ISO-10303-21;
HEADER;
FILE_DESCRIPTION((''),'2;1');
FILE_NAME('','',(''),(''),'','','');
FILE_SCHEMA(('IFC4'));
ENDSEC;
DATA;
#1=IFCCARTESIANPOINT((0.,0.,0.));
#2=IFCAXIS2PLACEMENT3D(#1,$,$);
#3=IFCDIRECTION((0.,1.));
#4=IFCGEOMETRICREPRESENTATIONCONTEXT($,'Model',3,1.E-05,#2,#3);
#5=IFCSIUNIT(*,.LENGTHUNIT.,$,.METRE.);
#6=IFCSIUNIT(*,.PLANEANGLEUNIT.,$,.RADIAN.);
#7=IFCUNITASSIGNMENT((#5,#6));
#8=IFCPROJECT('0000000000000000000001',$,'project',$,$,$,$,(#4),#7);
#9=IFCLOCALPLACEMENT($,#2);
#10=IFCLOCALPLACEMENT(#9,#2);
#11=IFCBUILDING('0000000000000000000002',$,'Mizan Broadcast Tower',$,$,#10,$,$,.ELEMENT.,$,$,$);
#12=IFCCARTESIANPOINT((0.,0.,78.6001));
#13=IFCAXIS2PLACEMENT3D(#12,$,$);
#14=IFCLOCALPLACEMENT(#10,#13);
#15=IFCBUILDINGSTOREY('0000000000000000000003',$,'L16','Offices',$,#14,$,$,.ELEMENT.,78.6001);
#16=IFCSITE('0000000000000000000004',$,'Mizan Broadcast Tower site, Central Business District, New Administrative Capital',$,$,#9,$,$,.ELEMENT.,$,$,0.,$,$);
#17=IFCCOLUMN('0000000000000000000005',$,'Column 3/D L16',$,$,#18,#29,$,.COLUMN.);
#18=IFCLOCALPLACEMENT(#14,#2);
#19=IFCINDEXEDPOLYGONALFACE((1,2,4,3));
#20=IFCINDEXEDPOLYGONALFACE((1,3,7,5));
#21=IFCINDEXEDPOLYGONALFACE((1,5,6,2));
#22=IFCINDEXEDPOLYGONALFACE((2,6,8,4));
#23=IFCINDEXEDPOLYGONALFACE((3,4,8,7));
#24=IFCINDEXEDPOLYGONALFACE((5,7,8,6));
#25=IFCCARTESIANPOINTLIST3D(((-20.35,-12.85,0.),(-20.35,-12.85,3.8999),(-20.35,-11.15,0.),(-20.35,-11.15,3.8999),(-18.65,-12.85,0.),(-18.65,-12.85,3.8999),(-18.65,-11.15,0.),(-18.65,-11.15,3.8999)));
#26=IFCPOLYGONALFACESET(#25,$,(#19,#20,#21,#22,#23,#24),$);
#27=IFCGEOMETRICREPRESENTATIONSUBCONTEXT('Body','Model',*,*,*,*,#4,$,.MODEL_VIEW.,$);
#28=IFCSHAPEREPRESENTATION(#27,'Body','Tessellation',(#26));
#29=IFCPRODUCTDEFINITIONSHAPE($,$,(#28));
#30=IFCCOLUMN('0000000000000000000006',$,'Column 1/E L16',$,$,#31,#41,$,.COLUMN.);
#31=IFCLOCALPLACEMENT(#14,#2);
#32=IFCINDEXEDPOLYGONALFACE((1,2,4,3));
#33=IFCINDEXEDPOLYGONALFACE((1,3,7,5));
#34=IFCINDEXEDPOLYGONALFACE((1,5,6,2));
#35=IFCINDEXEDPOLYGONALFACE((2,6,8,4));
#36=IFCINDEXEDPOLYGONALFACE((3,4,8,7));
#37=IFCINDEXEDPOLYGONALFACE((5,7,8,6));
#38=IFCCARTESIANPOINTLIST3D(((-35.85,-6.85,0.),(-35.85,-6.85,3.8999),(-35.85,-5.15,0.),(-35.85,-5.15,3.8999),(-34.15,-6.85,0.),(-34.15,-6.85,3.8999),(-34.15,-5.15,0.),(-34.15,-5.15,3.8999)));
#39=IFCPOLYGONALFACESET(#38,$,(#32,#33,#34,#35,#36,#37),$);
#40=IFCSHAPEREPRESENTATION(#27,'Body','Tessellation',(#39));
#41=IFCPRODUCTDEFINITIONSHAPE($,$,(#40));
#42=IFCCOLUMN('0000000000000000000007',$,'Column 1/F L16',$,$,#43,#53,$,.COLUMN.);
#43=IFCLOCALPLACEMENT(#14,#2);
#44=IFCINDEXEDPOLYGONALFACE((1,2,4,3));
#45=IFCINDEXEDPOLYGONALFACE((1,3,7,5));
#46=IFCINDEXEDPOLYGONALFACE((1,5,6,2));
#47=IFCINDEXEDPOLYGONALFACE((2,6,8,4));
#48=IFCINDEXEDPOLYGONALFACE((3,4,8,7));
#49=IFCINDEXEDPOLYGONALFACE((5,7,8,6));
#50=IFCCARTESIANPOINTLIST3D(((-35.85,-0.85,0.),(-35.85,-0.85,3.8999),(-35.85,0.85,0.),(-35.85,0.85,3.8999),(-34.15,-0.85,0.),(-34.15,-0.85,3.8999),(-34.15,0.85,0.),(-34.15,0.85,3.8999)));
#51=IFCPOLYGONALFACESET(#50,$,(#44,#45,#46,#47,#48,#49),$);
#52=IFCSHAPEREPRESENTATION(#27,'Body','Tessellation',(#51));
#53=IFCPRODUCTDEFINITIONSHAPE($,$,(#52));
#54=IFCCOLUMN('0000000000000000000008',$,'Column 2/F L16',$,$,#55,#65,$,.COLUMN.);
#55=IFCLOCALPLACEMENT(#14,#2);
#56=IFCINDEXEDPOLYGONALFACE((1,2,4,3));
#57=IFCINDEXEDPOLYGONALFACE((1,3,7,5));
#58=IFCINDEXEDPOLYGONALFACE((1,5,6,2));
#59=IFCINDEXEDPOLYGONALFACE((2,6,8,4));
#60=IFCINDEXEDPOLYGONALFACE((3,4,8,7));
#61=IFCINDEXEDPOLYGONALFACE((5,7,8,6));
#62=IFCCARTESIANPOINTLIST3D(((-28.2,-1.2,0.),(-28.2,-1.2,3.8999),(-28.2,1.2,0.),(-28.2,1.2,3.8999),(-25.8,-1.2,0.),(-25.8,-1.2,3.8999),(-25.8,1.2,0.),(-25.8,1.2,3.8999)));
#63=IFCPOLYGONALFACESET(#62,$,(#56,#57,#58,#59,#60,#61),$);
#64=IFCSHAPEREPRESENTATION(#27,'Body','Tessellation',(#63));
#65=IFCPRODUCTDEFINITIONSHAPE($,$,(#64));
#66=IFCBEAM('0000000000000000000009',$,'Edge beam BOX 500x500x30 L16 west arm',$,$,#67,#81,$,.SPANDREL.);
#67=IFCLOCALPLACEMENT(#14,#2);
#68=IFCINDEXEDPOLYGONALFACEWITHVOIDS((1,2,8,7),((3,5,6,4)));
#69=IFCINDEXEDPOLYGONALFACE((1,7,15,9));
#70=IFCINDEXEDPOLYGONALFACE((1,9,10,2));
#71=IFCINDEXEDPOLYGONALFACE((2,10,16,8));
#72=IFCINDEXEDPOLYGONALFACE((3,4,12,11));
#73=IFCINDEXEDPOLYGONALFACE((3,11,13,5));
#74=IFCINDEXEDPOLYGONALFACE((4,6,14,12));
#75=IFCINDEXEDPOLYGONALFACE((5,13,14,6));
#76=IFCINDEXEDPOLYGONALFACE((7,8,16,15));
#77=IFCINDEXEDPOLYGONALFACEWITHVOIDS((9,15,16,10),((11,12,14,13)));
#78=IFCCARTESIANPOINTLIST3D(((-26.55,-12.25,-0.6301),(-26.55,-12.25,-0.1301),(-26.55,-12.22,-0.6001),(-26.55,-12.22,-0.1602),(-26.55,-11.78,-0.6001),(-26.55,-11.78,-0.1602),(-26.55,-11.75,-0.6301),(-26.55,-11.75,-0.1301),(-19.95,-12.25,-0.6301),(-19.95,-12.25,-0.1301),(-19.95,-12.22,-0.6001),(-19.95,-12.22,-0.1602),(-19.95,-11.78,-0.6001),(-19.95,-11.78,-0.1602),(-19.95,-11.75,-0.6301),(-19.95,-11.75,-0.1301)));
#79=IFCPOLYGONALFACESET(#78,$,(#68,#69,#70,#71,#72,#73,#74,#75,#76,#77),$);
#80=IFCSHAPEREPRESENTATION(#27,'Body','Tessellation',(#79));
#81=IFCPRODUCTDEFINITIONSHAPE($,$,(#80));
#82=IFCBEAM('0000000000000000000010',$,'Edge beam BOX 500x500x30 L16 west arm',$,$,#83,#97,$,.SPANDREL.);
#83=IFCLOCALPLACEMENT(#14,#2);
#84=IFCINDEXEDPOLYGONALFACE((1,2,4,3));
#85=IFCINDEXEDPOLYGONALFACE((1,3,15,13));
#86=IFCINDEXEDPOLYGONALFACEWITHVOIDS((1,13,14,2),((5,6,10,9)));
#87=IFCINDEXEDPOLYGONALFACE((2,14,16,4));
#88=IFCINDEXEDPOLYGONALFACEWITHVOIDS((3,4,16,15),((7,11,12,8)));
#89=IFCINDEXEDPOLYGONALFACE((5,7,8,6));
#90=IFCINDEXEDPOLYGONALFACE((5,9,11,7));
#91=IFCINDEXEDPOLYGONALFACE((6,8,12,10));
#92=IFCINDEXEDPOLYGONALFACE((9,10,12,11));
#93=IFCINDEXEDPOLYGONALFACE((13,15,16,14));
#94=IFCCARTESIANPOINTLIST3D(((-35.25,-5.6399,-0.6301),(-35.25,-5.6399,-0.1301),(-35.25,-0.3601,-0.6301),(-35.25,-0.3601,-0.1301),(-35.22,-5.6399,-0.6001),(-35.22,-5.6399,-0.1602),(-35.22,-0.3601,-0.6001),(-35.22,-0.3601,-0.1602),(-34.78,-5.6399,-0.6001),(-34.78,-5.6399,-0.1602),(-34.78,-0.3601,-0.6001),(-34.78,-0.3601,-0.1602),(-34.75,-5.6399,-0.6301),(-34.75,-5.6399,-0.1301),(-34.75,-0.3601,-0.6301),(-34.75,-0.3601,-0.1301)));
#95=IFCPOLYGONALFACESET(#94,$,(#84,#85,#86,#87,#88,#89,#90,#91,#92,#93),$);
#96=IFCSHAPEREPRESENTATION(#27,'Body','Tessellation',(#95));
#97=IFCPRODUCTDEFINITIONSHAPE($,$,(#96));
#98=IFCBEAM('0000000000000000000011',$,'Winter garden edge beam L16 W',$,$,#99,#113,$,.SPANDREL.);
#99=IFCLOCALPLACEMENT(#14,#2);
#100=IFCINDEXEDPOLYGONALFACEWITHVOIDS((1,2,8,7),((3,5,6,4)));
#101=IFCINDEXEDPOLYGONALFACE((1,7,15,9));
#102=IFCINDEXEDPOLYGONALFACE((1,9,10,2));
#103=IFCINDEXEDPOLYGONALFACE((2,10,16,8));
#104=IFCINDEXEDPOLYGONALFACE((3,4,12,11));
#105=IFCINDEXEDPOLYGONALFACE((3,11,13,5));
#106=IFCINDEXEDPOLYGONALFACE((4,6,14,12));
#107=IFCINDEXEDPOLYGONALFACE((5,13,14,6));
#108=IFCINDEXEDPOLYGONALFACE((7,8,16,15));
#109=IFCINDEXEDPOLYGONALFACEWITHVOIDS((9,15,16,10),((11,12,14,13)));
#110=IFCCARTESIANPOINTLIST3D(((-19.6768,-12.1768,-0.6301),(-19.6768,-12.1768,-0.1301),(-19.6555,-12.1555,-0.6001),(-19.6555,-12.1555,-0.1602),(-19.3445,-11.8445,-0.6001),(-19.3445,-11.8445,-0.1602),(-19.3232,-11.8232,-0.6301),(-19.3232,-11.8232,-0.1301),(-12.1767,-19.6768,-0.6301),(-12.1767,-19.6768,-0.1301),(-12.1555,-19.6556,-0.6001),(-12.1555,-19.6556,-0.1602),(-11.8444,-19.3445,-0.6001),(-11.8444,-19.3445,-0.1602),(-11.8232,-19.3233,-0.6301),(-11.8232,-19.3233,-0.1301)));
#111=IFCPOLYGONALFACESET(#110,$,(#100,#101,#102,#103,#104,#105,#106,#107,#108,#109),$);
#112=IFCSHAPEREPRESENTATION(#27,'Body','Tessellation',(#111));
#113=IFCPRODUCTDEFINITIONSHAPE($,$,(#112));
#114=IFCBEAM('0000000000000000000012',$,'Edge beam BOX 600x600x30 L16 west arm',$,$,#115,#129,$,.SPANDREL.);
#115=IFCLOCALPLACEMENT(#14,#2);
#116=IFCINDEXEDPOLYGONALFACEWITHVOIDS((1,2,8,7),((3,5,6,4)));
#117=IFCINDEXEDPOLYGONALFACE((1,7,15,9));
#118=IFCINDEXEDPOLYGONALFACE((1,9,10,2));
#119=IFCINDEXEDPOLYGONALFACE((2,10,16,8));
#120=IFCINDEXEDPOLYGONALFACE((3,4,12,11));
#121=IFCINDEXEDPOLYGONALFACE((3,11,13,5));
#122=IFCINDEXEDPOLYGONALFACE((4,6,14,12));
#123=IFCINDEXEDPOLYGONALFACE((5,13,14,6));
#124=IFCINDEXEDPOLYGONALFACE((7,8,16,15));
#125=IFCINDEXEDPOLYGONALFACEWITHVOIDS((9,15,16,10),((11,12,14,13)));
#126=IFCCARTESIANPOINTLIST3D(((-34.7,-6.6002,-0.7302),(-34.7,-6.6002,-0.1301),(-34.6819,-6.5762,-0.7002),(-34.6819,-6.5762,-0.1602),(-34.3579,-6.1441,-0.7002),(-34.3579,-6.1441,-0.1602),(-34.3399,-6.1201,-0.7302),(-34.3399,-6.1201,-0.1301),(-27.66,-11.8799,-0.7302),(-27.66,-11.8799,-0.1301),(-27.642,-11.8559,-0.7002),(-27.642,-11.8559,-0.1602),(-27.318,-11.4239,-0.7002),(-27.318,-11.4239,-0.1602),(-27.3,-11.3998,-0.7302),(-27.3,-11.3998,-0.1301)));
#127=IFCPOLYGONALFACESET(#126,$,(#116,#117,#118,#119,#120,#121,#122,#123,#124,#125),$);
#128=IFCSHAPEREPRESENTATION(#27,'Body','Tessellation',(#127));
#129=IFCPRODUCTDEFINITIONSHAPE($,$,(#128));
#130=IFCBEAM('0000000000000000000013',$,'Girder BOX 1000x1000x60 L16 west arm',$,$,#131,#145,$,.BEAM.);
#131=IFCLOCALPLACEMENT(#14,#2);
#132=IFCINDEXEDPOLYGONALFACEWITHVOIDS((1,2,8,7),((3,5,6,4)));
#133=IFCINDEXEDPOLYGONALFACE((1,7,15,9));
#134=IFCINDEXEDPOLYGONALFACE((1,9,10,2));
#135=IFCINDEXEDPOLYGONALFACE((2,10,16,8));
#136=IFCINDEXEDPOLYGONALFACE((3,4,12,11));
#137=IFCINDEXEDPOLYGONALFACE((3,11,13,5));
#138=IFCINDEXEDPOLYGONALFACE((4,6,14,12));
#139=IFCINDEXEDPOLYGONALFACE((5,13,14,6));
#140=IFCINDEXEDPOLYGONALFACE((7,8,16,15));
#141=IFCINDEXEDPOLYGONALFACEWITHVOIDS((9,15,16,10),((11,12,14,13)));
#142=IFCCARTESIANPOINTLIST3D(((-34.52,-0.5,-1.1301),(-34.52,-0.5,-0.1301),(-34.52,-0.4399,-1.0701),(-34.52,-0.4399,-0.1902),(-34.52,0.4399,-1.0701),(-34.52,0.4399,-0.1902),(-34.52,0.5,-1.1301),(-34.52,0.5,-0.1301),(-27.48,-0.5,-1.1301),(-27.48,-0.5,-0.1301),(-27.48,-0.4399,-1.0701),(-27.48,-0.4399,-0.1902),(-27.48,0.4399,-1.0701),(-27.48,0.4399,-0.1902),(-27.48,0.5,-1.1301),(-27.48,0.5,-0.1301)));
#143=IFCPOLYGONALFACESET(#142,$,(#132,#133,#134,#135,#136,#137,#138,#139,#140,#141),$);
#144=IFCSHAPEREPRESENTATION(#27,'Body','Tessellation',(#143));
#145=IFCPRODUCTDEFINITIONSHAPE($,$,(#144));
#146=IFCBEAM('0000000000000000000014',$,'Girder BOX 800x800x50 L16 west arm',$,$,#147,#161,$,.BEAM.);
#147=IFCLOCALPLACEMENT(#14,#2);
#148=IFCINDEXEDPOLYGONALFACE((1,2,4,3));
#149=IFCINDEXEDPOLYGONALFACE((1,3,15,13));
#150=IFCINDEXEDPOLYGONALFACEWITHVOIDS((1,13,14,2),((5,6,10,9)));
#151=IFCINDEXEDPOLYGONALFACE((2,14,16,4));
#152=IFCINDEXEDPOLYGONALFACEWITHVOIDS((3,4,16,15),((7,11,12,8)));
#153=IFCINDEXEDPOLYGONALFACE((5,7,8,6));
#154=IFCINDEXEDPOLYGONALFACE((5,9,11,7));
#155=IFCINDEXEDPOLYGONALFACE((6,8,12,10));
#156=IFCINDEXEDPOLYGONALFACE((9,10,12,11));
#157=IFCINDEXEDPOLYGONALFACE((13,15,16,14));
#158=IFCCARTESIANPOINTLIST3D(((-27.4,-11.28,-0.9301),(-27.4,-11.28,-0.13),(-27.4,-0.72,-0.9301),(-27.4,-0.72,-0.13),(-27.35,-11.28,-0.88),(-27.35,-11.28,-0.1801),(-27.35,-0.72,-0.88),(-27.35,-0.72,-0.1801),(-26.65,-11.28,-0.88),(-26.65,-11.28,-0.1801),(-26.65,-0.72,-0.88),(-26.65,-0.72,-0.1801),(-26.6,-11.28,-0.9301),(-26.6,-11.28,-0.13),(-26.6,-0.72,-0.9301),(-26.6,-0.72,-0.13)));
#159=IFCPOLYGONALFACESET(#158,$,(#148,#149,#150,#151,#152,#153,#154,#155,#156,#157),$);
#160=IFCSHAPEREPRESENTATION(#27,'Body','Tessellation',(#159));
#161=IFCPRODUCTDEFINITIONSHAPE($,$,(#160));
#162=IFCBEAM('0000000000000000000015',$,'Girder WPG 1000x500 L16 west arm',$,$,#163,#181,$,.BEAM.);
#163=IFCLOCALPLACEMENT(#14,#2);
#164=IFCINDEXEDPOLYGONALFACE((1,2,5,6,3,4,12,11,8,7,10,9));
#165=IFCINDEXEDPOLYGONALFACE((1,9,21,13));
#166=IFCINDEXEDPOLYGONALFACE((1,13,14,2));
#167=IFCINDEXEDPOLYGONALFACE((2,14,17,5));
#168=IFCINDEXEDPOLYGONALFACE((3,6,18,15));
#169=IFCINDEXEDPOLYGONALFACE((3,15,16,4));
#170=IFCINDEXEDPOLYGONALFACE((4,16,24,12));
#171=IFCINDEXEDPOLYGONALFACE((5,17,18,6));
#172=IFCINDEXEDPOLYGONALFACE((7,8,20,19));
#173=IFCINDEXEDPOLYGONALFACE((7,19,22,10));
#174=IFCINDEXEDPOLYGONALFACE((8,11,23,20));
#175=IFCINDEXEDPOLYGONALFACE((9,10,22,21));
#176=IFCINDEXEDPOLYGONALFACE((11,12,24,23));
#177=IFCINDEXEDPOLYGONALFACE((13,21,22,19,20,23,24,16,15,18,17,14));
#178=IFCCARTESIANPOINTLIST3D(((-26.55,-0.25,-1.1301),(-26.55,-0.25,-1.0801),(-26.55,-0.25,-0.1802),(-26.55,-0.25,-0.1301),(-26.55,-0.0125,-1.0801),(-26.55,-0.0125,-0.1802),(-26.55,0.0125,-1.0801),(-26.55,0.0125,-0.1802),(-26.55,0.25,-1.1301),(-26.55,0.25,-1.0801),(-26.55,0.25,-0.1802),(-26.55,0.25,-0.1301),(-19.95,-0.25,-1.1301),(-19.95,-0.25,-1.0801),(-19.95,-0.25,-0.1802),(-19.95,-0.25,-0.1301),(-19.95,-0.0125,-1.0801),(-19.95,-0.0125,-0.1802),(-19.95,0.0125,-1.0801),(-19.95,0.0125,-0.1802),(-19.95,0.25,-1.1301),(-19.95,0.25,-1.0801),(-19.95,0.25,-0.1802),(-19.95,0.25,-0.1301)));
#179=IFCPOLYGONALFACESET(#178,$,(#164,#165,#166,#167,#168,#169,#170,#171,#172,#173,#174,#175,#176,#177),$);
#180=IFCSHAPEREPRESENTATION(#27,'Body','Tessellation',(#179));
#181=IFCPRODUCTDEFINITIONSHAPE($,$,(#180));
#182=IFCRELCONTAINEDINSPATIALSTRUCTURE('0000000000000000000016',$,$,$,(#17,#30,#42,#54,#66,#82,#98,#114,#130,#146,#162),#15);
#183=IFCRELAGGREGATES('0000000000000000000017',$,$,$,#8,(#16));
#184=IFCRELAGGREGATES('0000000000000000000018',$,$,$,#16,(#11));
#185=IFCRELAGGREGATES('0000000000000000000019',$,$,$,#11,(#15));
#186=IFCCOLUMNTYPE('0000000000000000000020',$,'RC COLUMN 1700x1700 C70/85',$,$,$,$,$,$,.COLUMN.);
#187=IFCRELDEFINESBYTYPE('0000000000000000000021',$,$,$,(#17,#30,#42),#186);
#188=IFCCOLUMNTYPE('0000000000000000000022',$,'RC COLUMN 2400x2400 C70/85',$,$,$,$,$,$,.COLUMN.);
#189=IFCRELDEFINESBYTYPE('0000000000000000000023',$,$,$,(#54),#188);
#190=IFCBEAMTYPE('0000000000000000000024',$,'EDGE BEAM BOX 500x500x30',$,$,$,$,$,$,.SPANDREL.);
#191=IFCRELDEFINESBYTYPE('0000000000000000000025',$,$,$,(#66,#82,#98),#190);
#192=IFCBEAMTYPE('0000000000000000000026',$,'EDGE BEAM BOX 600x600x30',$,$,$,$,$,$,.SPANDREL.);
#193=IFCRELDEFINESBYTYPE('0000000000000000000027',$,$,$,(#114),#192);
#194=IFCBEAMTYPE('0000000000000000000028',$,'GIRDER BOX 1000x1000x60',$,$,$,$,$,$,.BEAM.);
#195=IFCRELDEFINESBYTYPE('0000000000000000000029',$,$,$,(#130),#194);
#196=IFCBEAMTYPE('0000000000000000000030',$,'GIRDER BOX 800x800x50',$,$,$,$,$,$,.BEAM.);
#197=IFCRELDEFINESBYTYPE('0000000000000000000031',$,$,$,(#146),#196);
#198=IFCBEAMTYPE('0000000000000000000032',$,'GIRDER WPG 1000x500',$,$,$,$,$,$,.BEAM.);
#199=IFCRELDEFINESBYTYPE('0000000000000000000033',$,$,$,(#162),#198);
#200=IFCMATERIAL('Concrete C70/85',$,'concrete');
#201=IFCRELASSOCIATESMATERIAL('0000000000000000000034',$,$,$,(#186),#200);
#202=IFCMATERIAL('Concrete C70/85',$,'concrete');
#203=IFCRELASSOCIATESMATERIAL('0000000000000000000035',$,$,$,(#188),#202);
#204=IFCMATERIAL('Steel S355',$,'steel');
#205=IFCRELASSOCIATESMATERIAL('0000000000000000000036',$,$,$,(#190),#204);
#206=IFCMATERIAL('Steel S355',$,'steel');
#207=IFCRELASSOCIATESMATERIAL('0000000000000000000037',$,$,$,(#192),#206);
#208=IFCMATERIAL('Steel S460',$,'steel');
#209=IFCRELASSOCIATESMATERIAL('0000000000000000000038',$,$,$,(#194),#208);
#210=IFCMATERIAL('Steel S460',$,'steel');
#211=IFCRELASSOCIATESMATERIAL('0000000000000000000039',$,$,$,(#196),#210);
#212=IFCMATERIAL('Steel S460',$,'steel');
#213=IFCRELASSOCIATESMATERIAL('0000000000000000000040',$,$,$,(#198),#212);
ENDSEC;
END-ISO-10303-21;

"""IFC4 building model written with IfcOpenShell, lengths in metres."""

from ifc_helpers import new_model, si_unit, direction, frame, origin, origin_2d, place, context, subcontext, project, spatial, rectangle, hollow_rectangle, i_section, extrude, material, material_profile, profile_set, type_object, element, save


model = new_model("IFC4")

# Units and contexts
model_context = context("Model", 3, precision=1e-05, world=origin(), true_north=direction((0.0, 1.0)))
body_context = subcontext(model_context, "Body", "Model", "MODEL_VIEW")
ifc_project = project(units=[si_unit("LENGTHUNIT", "METRE"), si_unit("PLANEANGLEUNIT", "RADIAN")], contexts=[model_context])

# Site, building, storey
site_placement = place(None, origin())
site = spatial("IfcSite", under=ifc_project, at=site_placement, Name="Mizan Broadcast Tower site, Central Business District, New Administrative Capital", CompositionType="ELEMENT", RefElevation=0.0)
building_placement = place(site_placement, origin())
building = spatial("IfcBuilding", under=site, at=building_placement, Name="Mizan Broadcast Tower", CompositionType="ELEMENT")
storey_placement = place(building_placement, frame((0.0, 0.0, 78.6001)))
storey = spatial("IfcBuildingStorey", under=building, at=storey_placement, Name="L16", Description="Offices", CompositionType="ELEMENT", Elevation=78.6001)

# Columns
ifc_material_1 = material(Name="Concrete C70/85", Category="concrete")
ifc_material_profile_1 = material_profile(ifc_material_1, rectangle(XDim=1.7, YDim=1.7, at=origin_2d()), Name="RC 1700x1700")
ifc_profile_set_1 = profile_set([ifc_material_profile_1], Name="Concrete C70/85")
column_type_1 = type_object("IfcColumnType", Name="RC COLUMN 1700x1700 C70/85", PredefinedType="COLUMN", material=ifc_profile_set_1)
for number, where, z_axis, x_axis, name in (
    (1, (-19.5, -12.0, 0.0), (0.0, 0.0, 1.0), (1.0, 0.0, 0.0), "Column 3/D L16"),
    (2, (-35.0, -6.0, 0.0), (0.0, 0.0, 1.0), (1.0, 0.0, 0.0), "Column 1/E L16"),
    (3, (-35.0, 0.0, 0.0), (0.0, 0.0, 1.0), (1.0, 0.0, 0.0), "Column 1/F L16"),
):
    element("IfcColumn", number, at=place(storey_placement, frame(where, z_axis=z_axis, x_axis=x_axis)), inside=storey, type_object=column_type_1, Name=name, PredefinedType="COLUMN", context=body_context, shape_type="SweptSolid", body=[
        extrude(rectangle(XDim=1.7, YDim=1.7, at=origin_2d()), origin(), (0.0, 0.0, 1.0), 3.8999),
    ])
ifc_material_2 = material(Name="Concrete C70/85", Category="concrete")
ifc_material_profile_2 = material_profile(ifc_material_2, rectangle(XDim=2.3999, YDim=2.3999, at=origin_2d()), Name="RC 2400x2400")
ifc_profile_set_2 = profile_set([ifc_material_profile_2], Name="Concrete C70/85")
column_type_2 = type_object("IfcColumnType", Name="RC COLUMN 2400x2400 C70/85", PredefinedType="COLUMN", material=ifc_profile_set_2)
column_placement = place(storey_placement, frame((-27.0, 0.0, 0.0), z_axis=(0.0, 0.0, 1.0), x_axis=(1.0, 0.0, 0.0)))
element("IfcColumn", 4, at=column_placement, inside=storey, type_object=column_type_2, Name="Column 2/F L16", PredefinedType="COLUMN", context=body_context, shape_type="SweptSolid", body=[
    extrude(rectangle(XDim=2.3999, YDim=2.3999, at=origin_2d()), origin(), (0.0, 0.0, 1.0), 3.8999),
])

# Beams
ifc_material_3 = material(Name="Steel S355", Category="steel")
ifc_material_profile_3 = material_profile(ifc_material_3, hollow_rectangle(XDim=0.5, YDim=0.5, WallThickness=0.03, at=origin_2d()), Name="BOX 500x500x30")
ifc_profile_set_3 = profile_set([ifc_material_profile_3], Name="Steel S355")
beam_type_1 = type_object("IfcBeamType", Name="EDGE BEAM BOX 500x500x30", PredefinedType="SPANDREL", material=ifc_profile_set_3)
beam_1_placement = place(storey_placement, frame((-19.95, -12.0, -0.3801), z_axis=(-1.0, 0.0, 0.0), x_axis=(0.0, -1.0, 0.0)))
element("IfcBeam", 5, at=beam_1_placement, inside=storey, type_object=beam_type_1, Name="Edge beam BOX 500x500x30 L16 west arm", PredefinedType="SPANDREL", context=body_context, shape_type="SweptSolid", body=[
    extrude(hollow_rectangle(XDim=0.5, YDim=0.5, WallThickness=0.03, at=origin_2d()), origin(), (0.0, 0.0, 1.0), 6.6001),
])
beam_2_placement = place(storey_placement, frame((-35.0, -5.6399, -0.3801), z_axis=(0.0, 1.0, 0.0), x_axis=(-1.0, 0.0, 0.0)))
element("IfcBeam", 6, at=beam_2_placement, inside=storey, type_object=beam_type_1, Name="Edge beam BOX 500x500x30 L16 west arm", PredefinedType="SPANDREL", context=body_context, shape_type="SweptSolid", body=[
    extrude(hollow_rectangle(XDim=0.5, YDim=0.5, WallThickness=0.03, at=origin_2d()), origin(), (0.0, 0.0, 1.0), 5.2798),
])
beam_3_placement = place(storey_placement, frame((-19.5, -12.0, -0.3801), z_axis=(0.707107, -0.707107, 0.0), x_axis=(0.707107, 0.707107, 0.0)))
element("IfcBeam", 7, at=beam_3_placement, inside=storey, type_object=beam_type_1, Name="Winter garden edge beam L16 W", PredefinedType="SPANDREL", context=body_context, shape_type="SweptSolid", body=[
    extrude(hollow_rectangle(XDim=0.5, YDim=0.5, WallThickness=0.03, at=origin_2d()), origin(), (0.0, 0.0, 1.0), 10.6067),
])
ifc_material_4 = material(Name="Steel S355", Category="steel")
ifc_material_profile_4 = material_profile(ifc_material_4, hollow_rectangle(XDim=0.6001, YDim=0.6001, WallThickness=0.03, at=origin_2d()), Name="BOX 600x600x30")
ifc_profile_set_4 = profile_set([ifc_material_profile_4], Name="Steel S355")
beam_type_2 = type_object("IfcBeamType", Name="EDGE BEAM BOX 600x600x30", PredefinedType="SPANDREL", material=ifc_profile_set_4)
beam_4_placement = place(storey_placement, frame((-27.48, -11.6399, -0.4302), z_axis=(-0.800013, 0.599982, 0.0), x_axis=(-0.599982, -0.800013, 0.0)))
element("IfcBeam", 8, at=beam_4_placement, inside=storey, type_object=beam_type_2, Name="Edge beam BOX 600x600x30 L16 west arm", PredefinedType="SPANDREL", context=body_context, shape_type="SweptSolid", body=[
    extrude(hollow_rectangle(XDim=0.6001, YDim=0.6001, WallThickness=0.03, at=origin_2d()), origin(), (0.0, 0.0, 1.0), 8.7998),
])
ifc_material_5 = material(Name="Steel S460", Category="steel")
ifc_material_profile_5 = material_profile(ifc_material_5, hollow_rectangle(XDim=1.0, YDim=1.0, WallThickness=0.0601, at=origin_2d()), Name="BOX 1000x1000x60")
ifc_profile_set_5 = profile_set([ifc_material_profile_5], Name="Steel S460")
beam_type_3 = type_object("IfcBeamType", Name="GIRDER BOX 1000x1000x60", PredefinedType="BEAM", material=ifc_profile_set_5)
beam_5_placement = place(storey_placement, frame((-27.48, 0.0, -0.6301), z_axis=(-1.0, 0.0, 0.0), x_axis=(0.0, -1.0, 0.0)))
element("IfcBeam", 9, at=beam_5_placement, inside=storey, type_object=beam_type_3, Name="Girder BOX 1000x1000x60 L16 west arm", PredefinedType="BEAM", context=body_context, shape_type="SweptSolid", body=[
    extrude(hollow_rectangle(XDim=1.0, YDim=1.0, WallThickness=0.0601, at=origin_2d()), origin(), (0.0, 0.0, 1.0), 7.04),
])
ifc_material_6 = material(Name="Steel S460", Category="steel")
ifc_material_profile_6 = material_profile(ifc_material_6, hollow_rectangle(XDim=0.8, YDim=0.8, WallThickness=0.05, at=origin_2d()), Name="BOX 800x800x50")
ifc_profile_set_6 = profile_set([ifc_material_profile_6], Name="Steel S460")
beam_type_4 = type_object("IfcBeamType", Name="GIRDER BOX 800x800x50", PredefinedType="BEAM", material=ifc_profile_set_6)
beam_6_placement = place(storey_placement, frame((-27.0, -11.28, -0.53), z_axis=(0.0, 1.0, 0.0), x_axis=(-1.0, 0.0, 0.0)))
element("IfcBeam", 10, at=beam_6_placement, inside=storey, type_object=beam_type_4, Name="Girder BOX 800x800x50 L16 west arm", PredefinedType="BEAM", context=body_context, shape_type="SweptSolid", body=[
    extrude(hollow_rectangle(XDim=0.8, YDim=0.8, WallThickness=0.05, at=origin_2d()), origin(), (0.0, 0.0, 1.0), 10.5601),
])
ifc_material_7 = material(Name="Steel S460", Category="steel")
ifc_material_profile_7 = material_profile(ifc_material_7, i_section(OverallWidth=0.5, OverallDepth=1.0, WebThickness=0.0249, FlangeThickness=0.05, at=origin_2d()), Name="WPG 1000x500")
ifc_profile_set_7 = profile_set([ifc_material_profile_7], Name="Steel S460")
beam_type_5 = type_object("IfcBeamType", Name="GIRDER WPG 1000x500", PredefinedType="BEAM", material=ifc_profile_set_7)
beam_7_placement = place(storey_placement, frame((-19.95, 0.0, -0.6301), z_axis=(-1.0, 0.0, 0.0), x_axis=(0.0, -1.0, 0.0)))
element("IfcBeam", 11, at=beam_7_placement, inside=storey, type_object=beam_type_5, Name="Girder WPG 1000x500 L16 west arm", PredefinedType="BEAM", context=body_context, shape_type="SweptSolid", body=[
    extrude(i_section(OverallWidth=0.5, OverallDepth=1.0, WebThickness=0.0249, FlangeThickness=0.05, at=origin_2d()), origin(), (0.0, 0.0, 1.0), 6.6001),
])

save(model, "model.ifc")
